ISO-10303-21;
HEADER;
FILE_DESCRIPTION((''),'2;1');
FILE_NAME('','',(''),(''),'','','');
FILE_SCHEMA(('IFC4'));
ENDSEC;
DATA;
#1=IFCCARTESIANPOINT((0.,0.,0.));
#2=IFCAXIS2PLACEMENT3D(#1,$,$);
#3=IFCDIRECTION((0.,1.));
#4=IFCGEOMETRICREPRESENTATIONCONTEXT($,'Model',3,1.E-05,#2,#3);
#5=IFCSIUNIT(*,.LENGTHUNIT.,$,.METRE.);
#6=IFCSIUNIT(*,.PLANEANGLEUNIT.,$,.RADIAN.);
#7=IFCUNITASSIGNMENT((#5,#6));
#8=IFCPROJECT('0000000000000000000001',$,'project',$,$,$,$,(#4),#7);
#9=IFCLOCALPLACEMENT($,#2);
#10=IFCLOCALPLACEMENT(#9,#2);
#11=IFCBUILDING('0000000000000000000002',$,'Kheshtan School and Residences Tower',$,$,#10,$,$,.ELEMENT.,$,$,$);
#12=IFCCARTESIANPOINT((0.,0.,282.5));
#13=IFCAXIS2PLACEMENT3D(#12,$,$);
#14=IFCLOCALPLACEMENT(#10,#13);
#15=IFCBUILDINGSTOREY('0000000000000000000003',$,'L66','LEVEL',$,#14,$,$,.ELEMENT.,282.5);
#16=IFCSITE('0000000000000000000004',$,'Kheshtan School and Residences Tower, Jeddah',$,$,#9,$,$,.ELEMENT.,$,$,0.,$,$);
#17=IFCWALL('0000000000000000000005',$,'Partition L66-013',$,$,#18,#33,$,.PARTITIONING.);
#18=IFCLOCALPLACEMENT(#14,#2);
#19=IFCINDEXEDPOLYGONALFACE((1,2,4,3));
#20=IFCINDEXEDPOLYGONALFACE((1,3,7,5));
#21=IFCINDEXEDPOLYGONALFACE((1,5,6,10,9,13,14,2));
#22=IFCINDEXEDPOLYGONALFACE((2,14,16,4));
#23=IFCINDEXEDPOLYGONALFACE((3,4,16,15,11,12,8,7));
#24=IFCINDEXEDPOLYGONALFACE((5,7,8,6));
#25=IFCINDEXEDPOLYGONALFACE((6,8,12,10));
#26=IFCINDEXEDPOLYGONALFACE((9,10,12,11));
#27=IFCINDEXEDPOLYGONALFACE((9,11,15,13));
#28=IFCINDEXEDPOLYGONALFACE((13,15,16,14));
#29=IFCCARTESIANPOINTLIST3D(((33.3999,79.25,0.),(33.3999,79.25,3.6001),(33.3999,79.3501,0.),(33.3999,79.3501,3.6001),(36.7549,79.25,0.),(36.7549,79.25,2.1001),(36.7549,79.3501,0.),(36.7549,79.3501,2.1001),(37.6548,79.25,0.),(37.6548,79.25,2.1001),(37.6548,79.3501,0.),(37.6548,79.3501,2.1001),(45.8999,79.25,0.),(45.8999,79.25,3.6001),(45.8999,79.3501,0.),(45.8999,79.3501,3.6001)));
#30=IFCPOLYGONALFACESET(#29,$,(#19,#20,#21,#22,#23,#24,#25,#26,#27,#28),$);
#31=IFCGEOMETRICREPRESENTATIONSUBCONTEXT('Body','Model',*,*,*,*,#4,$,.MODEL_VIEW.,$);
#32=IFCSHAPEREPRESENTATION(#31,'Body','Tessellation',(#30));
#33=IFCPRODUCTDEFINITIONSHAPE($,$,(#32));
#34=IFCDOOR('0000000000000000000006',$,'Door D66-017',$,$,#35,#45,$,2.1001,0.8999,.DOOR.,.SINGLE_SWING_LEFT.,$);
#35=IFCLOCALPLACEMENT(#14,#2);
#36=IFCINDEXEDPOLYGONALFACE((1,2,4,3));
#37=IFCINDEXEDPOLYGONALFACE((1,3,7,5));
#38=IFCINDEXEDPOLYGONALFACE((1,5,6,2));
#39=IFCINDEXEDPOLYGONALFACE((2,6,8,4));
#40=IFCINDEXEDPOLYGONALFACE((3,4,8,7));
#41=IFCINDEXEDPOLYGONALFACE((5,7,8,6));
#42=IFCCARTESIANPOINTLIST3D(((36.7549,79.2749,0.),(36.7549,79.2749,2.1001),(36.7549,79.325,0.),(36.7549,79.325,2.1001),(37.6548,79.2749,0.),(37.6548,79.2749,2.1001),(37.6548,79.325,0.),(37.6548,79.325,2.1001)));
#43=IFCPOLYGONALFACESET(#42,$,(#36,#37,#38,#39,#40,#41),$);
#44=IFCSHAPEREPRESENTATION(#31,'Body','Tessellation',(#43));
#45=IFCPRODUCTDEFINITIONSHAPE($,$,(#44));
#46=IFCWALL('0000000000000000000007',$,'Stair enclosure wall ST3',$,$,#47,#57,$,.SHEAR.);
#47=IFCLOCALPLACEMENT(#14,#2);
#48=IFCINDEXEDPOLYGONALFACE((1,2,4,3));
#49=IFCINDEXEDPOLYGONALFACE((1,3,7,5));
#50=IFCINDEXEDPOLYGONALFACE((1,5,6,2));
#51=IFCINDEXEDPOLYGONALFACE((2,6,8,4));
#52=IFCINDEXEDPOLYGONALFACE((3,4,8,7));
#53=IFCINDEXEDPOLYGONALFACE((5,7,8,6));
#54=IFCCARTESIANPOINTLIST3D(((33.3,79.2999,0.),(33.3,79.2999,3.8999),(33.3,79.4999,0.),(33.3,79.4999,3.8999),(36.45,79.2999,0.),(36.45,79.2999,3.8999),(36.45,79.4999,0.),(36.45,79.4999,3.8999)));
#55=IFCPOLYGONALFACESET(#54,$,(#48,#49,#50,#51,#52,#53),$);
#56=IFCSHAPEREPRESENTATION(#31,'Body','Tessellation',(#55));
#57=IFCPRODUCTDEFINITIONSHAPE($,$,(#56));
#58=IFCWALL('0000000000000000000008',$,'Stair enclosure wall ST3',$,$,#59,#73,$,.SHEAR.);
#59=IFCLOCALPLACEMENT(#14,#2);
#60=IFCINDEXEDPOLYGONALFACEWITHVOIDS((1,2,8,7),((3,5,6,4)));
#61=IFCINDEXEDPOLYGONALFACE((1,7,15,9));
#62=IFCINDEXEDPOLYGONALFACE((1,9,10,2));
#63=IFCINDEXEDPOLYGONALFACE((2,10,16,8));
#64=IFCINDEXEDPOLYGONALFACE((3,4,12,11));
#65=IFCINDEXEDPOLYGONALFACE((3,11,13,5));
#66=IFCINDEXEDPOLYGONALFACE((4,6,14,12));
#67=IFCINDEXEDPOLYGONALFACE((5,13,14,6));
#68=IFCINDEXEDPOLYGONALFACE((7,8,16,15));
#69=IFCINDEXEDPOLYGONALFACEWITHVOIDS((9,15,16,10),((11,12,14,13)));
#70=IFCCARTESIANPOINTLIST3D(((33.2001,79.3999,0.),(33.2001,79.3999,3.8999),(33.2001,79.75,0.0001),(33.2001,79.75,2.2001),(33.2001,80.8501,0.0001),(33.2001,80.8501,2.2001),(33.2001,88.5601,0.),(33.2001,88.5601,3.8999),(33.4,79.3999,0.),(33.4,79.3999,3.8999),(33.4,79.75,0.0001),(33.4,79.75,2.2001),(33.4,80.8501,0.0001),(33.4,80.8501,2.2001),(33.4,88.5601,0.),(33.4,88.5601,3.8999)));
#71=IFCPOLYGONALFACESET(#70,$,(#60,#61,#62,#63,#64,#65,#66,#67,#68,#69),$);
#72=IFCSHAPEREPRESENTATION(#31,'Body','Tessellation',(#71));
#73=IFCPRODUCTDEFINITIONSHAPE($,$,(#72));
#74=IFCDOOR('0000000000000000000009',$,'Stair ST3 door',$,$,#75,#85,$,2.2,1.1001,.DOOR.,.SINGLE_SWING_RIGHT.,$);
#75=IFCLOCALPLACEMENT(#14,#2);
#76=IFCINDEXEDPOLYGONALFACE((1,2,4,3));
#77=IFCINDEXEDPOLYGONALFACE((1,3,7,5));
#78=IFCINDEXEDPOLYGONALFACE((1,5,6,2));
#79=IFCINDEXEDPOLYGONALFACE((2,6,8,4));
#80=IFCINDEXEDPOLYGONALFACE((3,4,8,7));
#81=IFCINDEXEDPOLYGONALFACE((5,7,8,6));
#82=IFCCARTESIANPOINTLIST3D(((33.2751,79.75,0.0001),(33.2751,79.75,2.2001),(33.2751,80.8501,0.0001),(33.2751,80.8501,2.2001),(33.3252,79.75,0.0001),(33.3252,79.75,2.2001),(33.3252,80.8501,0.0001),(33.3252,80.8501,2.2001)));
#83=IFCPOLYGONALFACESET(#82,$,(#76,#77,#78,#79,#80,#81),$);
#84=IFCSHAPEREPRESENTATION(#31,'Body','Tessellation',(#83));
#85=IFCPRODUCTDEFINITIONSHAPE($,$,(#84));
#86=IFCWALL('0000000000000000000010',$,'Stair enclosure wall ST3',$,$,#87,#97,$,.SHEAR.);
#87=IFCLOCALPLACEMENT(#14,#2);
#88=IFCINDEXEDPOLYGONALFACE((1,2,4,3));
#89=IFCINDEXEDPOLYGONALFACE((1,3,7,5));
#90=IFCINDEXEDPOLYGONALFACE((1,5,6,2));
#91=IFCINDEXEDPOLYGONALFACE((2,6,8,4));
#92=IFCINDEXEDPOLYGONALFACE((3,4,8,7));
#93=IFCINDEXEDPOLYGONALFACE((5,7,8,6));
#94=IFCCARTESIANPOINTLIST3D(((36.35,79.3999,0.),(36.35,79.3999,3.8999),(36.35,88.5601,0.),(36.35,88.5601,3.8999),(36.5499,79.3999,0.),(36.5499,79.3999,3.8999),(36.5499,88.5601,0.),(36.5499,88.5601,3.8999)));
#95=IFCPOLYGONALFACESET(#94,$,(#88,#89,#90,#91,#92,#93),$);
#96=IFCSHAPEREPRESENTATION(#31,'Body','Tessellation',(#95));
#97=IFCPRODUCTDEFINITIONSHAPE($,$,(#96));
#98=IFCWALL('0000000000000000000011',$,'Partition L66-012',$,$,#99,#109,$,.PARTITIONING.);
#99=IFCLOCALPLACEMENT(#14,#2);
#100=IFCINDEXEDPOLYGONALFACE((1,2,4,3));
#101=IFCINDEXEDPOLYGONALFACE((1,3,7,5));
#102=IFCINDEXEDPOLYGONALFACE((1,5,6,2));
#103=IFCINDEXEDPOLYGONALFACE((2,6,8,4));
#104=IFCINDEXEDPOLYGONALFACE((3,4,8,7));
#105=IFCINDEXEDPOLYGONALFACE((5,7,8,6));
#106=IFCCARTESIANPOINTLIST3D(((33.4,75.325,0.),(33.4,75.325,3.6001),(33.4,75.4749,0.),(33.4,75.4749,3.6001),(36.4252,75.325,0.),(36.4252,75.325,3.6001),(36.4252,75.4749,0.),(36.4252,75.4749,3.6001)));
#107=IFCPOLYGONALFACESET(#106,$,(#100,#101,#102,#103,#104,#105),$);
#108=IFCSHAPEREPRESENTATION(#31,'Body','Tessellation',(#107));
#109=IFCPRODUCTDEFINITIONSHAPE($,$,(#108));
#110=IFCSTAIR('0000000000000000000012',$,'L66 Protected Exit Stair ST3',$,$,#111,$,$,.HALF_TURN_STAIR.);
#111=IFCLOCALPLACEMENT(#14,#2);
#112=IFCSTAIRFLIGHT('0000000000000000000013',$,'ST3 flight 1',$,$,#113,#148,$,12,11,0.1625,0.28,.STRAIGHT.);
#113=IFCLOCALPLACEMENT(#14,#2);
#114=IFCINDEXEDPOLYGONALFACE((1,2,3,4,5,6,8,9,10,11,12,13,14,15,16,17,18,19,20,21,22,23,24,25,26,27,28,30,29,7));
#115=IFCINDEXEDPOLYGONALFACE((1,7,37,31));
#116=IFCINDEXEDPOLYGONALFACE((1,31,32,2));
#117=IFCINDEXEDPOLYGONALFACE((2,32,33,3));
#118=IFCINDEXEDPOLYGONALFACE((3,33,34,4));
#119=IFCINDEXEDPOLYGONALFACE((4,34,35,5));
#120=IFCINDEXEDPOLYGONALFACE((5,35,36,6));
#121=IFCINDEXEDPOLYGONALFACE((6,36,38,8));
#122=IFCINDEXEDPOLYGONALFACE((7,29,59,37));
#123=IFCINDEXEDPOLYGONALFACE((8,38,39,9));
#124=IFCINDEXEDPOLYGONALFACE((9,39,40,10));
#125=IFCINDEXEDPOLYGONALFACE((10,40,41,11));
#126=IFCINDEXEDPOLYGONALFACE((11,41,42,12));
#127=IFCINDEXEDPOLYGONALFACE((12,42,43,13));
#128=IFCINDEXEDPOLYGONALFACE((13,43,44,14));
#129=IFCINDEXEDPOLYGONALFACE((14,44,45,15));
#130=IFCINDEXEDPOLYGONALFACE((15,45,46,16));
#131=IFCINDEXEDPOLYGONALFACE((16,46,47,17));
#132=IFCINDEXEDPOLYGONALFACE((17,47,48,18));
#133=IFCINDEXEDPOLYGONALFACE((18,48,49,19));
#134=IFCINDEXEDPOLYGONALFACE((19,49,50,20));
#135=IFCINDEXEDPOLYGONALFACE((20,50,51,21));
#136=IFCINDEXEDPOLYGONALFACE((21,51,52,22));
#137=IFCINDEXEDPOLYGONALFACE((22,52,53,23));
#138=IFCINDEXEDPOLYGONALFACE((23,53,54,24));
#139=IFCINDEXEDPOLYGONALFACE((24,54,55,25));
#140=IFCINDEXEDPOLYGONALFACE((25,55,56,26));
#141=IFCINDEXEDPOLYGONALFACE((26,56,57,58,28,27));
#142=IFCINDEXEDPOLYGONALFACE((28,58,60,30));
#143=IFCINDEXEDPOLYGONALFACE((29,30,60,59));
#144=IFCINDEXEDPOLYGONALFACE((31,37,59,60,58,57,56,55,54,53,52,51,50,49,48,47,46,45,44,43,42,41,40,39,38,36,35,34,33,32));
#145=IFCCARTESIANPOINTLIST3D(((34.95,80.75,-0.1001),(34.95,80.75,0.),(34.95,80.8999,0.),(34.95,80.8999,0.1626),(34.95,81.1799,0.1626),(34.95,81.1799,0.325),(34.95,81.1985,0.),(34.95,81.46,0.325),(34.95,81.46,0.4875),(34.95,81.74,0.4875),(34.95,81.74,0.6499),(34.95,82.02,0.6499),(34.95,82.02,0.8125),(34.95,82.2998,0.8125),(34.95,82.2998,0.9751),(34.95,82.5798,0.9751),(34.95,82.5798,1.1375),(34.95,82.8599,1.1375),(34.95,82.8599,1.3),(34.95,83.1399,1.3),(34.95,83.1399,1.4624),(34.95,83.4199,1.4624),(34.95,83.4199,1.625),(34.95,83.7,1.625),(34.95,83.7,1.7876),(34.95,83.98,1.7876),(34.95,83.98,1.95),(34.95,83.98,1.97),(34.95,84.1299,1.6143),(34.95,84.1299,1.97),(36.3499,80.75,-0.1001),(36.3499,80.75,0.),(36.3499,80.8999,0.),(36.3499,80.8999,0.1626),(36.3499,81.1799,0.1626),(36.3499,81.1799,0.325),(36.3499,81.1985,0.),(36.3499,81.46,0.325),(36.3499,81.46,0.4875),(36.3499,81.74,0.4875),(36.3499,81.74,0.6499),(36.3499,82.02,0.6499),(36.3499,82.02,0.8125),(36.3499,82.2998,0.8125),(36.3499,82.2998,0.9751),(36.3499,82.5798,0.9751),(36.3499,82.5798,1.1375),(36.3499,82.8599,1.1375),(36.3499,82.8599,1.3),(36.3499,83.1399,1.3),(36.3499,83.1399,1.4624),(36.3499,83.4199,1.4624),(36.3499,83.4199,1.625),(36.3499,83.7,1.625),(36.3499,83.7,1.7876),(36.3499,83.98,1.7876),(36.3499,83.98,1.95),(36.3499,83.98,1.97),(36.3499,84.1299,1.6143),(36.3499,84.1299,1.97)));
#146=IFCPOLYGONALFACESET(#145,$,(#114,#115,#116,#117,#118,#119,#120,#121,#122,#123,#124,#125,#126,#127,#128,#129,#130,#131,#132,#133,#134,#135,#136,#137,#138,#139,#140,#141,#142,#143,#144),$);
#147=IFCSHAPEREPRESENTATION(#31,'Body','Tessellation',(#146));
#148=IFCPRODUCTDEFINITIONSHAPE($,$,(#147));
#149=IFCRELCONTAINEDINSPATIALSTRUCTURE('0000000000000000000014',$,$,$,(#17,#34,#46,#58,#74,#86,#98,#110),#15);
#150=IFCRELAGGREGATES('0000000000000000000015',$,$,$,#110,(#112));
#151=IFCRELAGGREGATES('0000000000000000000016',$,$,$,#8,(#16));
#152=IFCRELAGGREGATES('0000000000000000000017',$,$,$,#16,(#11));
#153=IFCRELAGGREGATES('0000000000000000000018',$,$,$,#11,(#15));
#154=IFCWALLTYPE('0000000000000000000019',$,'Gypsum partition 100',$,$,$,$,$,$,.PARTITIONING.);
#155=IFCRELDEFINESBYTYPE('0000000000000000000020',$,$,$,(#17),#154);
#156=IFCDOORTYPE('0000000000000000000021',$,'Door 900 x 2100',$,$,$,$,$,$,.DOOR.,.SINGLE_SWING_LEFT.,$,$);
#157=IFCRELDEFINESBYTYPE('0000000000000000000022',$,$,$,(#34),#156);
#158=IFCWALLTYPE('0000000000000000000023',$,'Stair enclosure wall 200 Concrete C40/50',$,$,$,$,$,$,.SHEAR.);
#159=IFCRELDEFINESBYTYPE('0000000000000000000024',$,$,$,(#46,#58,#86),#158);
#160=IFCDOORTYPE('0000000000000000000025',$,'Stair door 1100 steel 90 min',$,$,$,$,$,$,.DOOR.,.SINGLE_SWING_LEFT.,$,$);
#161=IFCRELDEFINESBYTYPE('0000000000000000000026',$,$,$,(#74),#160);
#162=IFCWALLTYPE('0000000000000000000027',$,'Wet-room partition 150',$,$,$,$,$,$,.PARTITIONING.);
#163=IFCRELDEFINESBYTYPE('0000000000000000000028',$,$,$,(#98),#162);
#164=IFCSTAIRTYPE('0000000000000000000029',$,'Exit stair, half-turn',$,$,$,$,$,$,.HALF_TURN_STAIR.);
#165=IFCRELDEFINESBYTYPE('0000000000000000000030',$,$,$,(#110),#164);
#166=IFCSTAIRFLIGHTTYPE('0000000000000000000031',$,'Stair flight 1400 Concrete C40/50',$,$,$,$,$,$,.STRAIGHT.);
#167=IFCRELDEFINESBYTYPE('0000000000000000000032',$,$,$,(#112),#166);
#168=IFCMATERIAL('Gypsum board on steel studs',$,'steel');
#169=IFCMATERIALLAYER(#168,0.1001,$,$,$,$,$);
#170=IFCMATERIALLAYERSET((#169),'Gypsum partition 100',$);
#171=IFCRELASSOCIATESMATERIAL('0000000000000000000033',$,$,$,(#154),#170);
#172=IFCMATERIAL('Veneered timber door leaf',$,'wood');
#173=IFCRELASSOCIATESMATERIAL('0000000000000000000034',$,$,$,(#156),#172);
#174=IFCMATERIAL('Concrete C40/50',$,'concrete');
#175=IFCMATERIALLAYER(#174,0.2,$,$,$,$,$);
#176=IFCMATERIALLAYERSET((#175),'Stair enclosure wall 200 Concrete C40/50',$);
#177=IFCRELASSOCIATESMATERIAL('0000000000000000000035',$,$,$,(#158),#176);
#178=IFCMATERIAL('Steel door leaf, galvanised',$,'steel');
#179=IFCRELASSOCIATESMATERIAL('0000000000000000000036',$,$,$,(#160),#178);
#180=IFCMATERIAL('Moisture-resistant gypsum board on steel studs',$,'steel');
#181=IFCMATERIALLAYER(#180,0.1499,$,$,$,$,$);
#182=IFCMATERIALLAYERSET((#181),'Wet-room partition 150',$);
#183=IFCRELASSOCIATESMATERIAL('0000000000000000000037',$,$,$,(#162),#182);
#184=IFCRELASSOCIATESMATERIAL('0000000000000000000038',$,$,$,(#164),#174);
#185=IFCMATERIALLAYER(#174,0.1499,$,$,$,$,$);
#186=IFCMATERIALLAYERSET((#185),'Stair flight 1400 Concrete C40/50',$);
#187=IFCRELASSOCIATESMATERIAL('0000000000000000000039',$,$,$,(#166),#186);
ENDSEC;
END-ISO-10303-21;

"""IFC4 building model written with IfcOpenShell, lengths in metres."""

from ifc_helpers import new_model, si_unit, direction, frame, frame_2d, origin, place, context, subcontext, project, spatial, polyline, rectangle, outline, extrude, source, transform, mapped, material, layer, layer_set, type_object, element, fill, aggregate, save


model = new_model("IFC4")

# Units and contexts
model_context = context("Model", 3, precision=1e-05, world=origin(), true_north=direction((0.0, 1.0)))
body_context = subcontext(model_context, "Body", "Model", "MODEL_VIEW")
ifc_project = project(units=[si_unit("LENGTHUNIT", "METRE"), si_unit("PLANEANGLEUNIT", "RADIAN")], contexts=[model_context])

# Site, building, storey
site_placement = place(None, origin())
site = spatial("IfcSite", under=ifc_project, at=site_placement, Name="Kheshtan School and Residences Tower, Jeddah", CompositionType="ELEMENT", RefElevation=0.0)
building_placement = place(site_placement, origin())
building = spatial("IfcBuilding", under=site, at=building_placement, Name="Kheshtan School and Residences Tower", CompositionType="ELEMENT")
storey_placement = place(building_placement, frame((0.0, 0.0, 282.5)))
storey = spatial("IfcBuildingStorey", under=building, at=storey_placement, Name="L66", Description="LEVEL", CompositionType="ELEMENT", Elevation=282.5)

# Wall, opening, door
ifc_material_1 = material(Name="Gypsum board on steel studs", Category="steel")
ifc_layer_1 = layer(ifc_material_1, 0.1001)
ifc_layer_set_1 = layer_set([ifc_layer_1], Name="Gypsum partition 100")
wall_type_1 = type_object("IfcWallType", Name="Gypsum partition 100", PredefinedType="PARTITIONING", material=ifc_layer_set_1)
wall_1_placement = place(storey_placement, frame((33.3999, 79.3, 0.0), z_axis=(0.0, 0.0, 1.0), x_axis=(1.0, 0.0, 0.0)))
wall_1 = element("IfcWall", 1, at=wall_1_placement, inside=storey, type_object=wall_type_1, Name="Partition L66-013", PredefinedType="PARTITIONING", context=body_context, shape_type="SweptSolid", body=[
    extrude(rectangle(XDim=12.5, YDim=0.1001, at=frame_2d((6.25, 0.0))), origin(), (0.0, 0.0, 1.0), 3.6001),
])
opening_1_placement = place(wall_1_placement, frame((3.355, 0.0, 0.0)))
opening_1 = element("IfcOpeningElement", 2, at=opening_1_placement, cuts=wall_1, PredefinedType="OPENING", context=body_context, shape_type="SweptSolid", body=[
    extrude(rectangle(XDim=0.8999, YDim=2.1001, at=frame_2d((0.45, 1.05))), frame((0.0, 0.0601, 0.0), z_axis=(0.0, -1.0, 0.0), x_axis=(1.0, 0.0, 0.0)), (0.0, 0.0, 1.0), 0.1201),
])
ifc_material_2 = material(Name="Veneered timber door leaf", Category="wood")
door_type_1 = type_object("IfcDoorType", Name="Door 900 x 2100", OperationType="SINGLE_SWING_LEFT", PredefinedType="DOOR", material=ifc_material_2)
shared_shape_1 = source(origin(), body_context, "Body", "SweptSolid", [
    extrude(rectangle(XDim=0.8999, YDim=2.1001, at=frame_2d((0.45, 1.05))), frame((0.0, 0.0249, 0.0), z_axis=(0.0, -1.0, 0.0), x_axis=(1.0, 0.0, 0.0)), (0.0, 0.0, 1.0), 0.05),
])
door_1_placement = place(opening_1_placement, origin())
door_1 = element("IfcDoor", 3, at=door_1_placement, inside=storey, type_object=door_type_1, Name="Door D66-017", OperationType="SINGLE_SWING_LEFT", OverallHeight=2.1001, OverallWidth=0.8999, PredefinedType="DOOR", context=body_context, shape_type="MappedRepresentation", body=[
    mapped(shared_shape_1, transform((0.0, 0.0, 0.0), x_axis=(1.0, 0.0, 0.0), y_axis=(0.0, 1.0, 0.0), z_axis=(0.0, 0.0, 1.0), scale=1.0)),
])
fill(opening_1, door_1)

# Wall
ifc_material_3 = material(Name="Concrete C40/50", Category="concrete")
ifc_layer_2 = layer(ifc_material_3, 0.2)
ifc_layer_set_2 = layer_set([ifc_layer_2], Name="Stair enclosure wall 200 Concrete C40/50")
wall_type_2 = type_object("IfcWallType", Name="Stair enclosure wall 200 Concrete C40/50", PredefinedType="SHEAR", material=ifc_layer_set_2)
wall_2_placement = place(storey_placement, frame((33.3, 79.3999, 0.0), z_axis=(0.0, 0.0, 1.0), x_axis=(1.0, 0.0, 0.0)))
element("IfcWall", 4, at=wall_2_placement, inside=storey, type_object=wall_type_2, Name="Stair enclosure wall ST3", PredefinedType="SHEAR", context=body_context, shape_type="SweptSolid", body=[
    extrude(rectangle(XDim=3.1499, YDim=0.2, at=frame_2d((1.575, 0.0))), origin(), (0.0, 0.0, 1.0), 3.8999),
])

# Wall, opening, door
wall_3_placement = place(storey_placement, frame((33.3, 79.3999, 0.0), z_axis=(0.0, 0.0, 1.0), x_axis=(0.0, 1.0, 0.0)))
wall_3 = element("IfcWall", 5, at=wall_3_placement, inside=storey, type_object=wall_type_2, Name="Stair enclosure wall ST3", PredefinedType="SHEAR", context=body_context, shape_type="SweptSolid", body=[
    extrude(rectangle(XDim=9.1602, YDim=0.2, at=frame_2d((4.5801, 0.0))), origin(), (0.0, 0.0, 1.0), 3.8999),
])
opening_2_placement = place(wall_3_placement, frame((0.3501, 0.0, 0.0)))
opening_2 = element("IfcOpeningElement", 6, at=opening_2_placement, cuts=wall_3, PredefinedType="OPENING", context=body_context, shape_type="SweptSolid", body=[
    extrude(rectangle(XDim=1.1001, YDim=2.2, at=frame_2d((0.55, 1.1001))), frame((0.0, 0.1099, 0.0), z_axis=(0.0, -1.0, 0.0), x_axis=(1.0, 0.0, 0.0)), (0.0, 0.0, 1.0), 0.22),
])
ifc_material_4 = material(Name="Steel door leaf, galvanised", Category="steel")
door_type_2 = type_object("IfcDoorType", Name="Stair door 1100 steel 90 min", OperationType="SINGLE_SWING_LEFT", PredefinedType="DOOR", material=ifc_material_4)
shared_shape_2 = source(origin(), body_context, "Body", "SweptSolid", [
    extrude(rectangle(XDim=1.1001, YDim=2.2, at=frame_2d((0.55, 1.1001))), frame((0.0, 0.0249, 0.0), z_axis=(0.0, -1.0, 0.0), x_axis=(1.0, 0.0, 0.0)), (0.0, 0.0, 1.0), 0.05),
])
door_2_placement = place(opening_2_placement, origin())
door_2 = element("IfcDoor", 7, at=door_2_placement, inside=storey, type_object=door_type_2, Name="Stair ST3 door", OperationType="SINGLE_SWING_RIGHT", OverallHeight=2.2, OverallWidth=1.1001, PredefinedType="DOOR", context=body_context, shape_type="MappedRepresentation", body=[
    mapped(shared_shape_2, transform((0.0, 0.0, 0.0), x_axis=(1.0, 0.0, 0.0), y_axis=(0.0, 1.0, 0.0), z_axis=(0.0, 0.0, 1.0), scale=1.0)),
])
fill(opening_2, door_2)

# Walls
wall_4_placement = place(storey_placement, frame((36.45, 79.3999, 0.0), z_axis=(0.0, 0.0, 1.0), x_axis=(0.0, 1.0, 0.0)))
element("IfcWall", 8, at=wall_4_placement, inside=storey, type_object=wall_type_2, Name="Stair enclosure wall ST3", PredefinedType="SHEAR", context=body_context, shape_type="SweptSolid", body=[
    extrude(rectangle(XDim=9.1602, YDim=0.2, at=frame_2d((4.5801, 0.0))), origin(), (0.0, 0.0, 1.0), 3.8999),
])
ifc_material_5 = material(Name="Moisture-resistant gypsum board on steel studs", Category="steel")
ifc_layer_3 = layer(ifc_material_5, 0.1499)
ifc_layer_set_3 = layer_set([ifc_layer_3], Name="Wet-room partition 150")
wall_type_3 = type_object("IfcWallType", Name="Wet-room partition 150", PredefinedType="PARTITIONING", material=ifc_layer_set_3)
wall_5_placement = place(storey_placement, frame((33.3999, 75.3999, 0.0), z_axis=(0.0, 0.0, 1.0), x_axis=(1.0, 0.0, 0.0)))
element("IfcWall", 9, at=wall_5_placement, inside=storey, type_object=wall_type_3, Name="Partition L66-012", PredefinedType="PARTITIONING", context=body_context, shape_type="SweptSolid", body=[
    extrude(rectangle(XDim=3.0251, YDim=0.1499, at=frame_2d((1.5127, 0.0))), origin(), (0.0, 0.0, 1.0), 3.6001),
])

# Stair, stair flight
stair_type = type_object("IfcStairType", Name="Exit stair, half-turn", PredefinedType="HALF_TURN_STAIR", material=ifc_material_3)
stair_placement = place(storey_placement, origin())
stair = element("IfcStair", 10, at=stair_placement, inside=storey, type_object=stair_type, Name="L66 Protected Exit Stair ST3", PredefinedType="HALF_TURN_STAIR")
ifc_layer_4 = layer(ifc_material_3, 0.1499)
ifc_layer_set_4 = layer_set([ifc_layer_4], Name="Stair flight 1400 Concrete C40/50")
stair_flight_type = type_object("IfcStairFlightType", Name="Stair flight 1400 Concrete C40/50", PredefinedType="STRAIGHT", material=ifc_layer_set_4)
stair_flight_1_placement = place(storey_placement, frame((35.6499, 80.8999, 0.0), z_axis=(0.0, 0.0, 1.0), x_axis=(0.0, 1.0, 0.0)))
stair_flight_1 = element("IfcStairFlight", 11, at=stair_flight_1_placement, type_object=stair_flight_type, Name="ST3 flight 1", NumberOfRisers=12, NumberOfTreads=11, PredefinedType="STRAIGHT", RiserHeight=0.1625, TreadLength=0.28, context=body_context, shape_type="SweptSolid", body=[
    extrude(outline(polyline([(-0.1499, -0.1001), (-0.1499, 0.0), (0.0, 0.0), (0.0, 0.1626), (0.28, 0.1626), (0.28, 0.325), (0.5601, 0.325), (0.5601, 0.4875), (0.8401, 0.4875), (0.8401, 0.6499), (1.1201, 0.6499), (1.1201, 0.8125), (1.3999, 0.8125), (1.3999, 0.9751), (1.6799, 0.9751), (1.6799, 1.1375), (1.96, 1.1375), (1.96, 1.3), (2.24, 1.3), (2.24, 1.4624), (2.52, 1.4624), (2.52, 1.625), (2.8, 1.625), (2.8, 1.7876), (3.0801, 1.7876), (3.0801, 1.95), (3.0801, 1.97), (3.23, 1.97), (3.23, 1.6143), (0.2986, 0.0), (-0.1499, -0.1001)])), frame((0.0, 0.7, 0.0), z_axis=(0.0, -1.0, 0.0), x_axis=(1.0, 0.0, 0.0)), (0.0, 0.0, 1.0), 1.3999),
])
aggregate(stair, [stair_flight_1])

save(model, "model.ifc")
